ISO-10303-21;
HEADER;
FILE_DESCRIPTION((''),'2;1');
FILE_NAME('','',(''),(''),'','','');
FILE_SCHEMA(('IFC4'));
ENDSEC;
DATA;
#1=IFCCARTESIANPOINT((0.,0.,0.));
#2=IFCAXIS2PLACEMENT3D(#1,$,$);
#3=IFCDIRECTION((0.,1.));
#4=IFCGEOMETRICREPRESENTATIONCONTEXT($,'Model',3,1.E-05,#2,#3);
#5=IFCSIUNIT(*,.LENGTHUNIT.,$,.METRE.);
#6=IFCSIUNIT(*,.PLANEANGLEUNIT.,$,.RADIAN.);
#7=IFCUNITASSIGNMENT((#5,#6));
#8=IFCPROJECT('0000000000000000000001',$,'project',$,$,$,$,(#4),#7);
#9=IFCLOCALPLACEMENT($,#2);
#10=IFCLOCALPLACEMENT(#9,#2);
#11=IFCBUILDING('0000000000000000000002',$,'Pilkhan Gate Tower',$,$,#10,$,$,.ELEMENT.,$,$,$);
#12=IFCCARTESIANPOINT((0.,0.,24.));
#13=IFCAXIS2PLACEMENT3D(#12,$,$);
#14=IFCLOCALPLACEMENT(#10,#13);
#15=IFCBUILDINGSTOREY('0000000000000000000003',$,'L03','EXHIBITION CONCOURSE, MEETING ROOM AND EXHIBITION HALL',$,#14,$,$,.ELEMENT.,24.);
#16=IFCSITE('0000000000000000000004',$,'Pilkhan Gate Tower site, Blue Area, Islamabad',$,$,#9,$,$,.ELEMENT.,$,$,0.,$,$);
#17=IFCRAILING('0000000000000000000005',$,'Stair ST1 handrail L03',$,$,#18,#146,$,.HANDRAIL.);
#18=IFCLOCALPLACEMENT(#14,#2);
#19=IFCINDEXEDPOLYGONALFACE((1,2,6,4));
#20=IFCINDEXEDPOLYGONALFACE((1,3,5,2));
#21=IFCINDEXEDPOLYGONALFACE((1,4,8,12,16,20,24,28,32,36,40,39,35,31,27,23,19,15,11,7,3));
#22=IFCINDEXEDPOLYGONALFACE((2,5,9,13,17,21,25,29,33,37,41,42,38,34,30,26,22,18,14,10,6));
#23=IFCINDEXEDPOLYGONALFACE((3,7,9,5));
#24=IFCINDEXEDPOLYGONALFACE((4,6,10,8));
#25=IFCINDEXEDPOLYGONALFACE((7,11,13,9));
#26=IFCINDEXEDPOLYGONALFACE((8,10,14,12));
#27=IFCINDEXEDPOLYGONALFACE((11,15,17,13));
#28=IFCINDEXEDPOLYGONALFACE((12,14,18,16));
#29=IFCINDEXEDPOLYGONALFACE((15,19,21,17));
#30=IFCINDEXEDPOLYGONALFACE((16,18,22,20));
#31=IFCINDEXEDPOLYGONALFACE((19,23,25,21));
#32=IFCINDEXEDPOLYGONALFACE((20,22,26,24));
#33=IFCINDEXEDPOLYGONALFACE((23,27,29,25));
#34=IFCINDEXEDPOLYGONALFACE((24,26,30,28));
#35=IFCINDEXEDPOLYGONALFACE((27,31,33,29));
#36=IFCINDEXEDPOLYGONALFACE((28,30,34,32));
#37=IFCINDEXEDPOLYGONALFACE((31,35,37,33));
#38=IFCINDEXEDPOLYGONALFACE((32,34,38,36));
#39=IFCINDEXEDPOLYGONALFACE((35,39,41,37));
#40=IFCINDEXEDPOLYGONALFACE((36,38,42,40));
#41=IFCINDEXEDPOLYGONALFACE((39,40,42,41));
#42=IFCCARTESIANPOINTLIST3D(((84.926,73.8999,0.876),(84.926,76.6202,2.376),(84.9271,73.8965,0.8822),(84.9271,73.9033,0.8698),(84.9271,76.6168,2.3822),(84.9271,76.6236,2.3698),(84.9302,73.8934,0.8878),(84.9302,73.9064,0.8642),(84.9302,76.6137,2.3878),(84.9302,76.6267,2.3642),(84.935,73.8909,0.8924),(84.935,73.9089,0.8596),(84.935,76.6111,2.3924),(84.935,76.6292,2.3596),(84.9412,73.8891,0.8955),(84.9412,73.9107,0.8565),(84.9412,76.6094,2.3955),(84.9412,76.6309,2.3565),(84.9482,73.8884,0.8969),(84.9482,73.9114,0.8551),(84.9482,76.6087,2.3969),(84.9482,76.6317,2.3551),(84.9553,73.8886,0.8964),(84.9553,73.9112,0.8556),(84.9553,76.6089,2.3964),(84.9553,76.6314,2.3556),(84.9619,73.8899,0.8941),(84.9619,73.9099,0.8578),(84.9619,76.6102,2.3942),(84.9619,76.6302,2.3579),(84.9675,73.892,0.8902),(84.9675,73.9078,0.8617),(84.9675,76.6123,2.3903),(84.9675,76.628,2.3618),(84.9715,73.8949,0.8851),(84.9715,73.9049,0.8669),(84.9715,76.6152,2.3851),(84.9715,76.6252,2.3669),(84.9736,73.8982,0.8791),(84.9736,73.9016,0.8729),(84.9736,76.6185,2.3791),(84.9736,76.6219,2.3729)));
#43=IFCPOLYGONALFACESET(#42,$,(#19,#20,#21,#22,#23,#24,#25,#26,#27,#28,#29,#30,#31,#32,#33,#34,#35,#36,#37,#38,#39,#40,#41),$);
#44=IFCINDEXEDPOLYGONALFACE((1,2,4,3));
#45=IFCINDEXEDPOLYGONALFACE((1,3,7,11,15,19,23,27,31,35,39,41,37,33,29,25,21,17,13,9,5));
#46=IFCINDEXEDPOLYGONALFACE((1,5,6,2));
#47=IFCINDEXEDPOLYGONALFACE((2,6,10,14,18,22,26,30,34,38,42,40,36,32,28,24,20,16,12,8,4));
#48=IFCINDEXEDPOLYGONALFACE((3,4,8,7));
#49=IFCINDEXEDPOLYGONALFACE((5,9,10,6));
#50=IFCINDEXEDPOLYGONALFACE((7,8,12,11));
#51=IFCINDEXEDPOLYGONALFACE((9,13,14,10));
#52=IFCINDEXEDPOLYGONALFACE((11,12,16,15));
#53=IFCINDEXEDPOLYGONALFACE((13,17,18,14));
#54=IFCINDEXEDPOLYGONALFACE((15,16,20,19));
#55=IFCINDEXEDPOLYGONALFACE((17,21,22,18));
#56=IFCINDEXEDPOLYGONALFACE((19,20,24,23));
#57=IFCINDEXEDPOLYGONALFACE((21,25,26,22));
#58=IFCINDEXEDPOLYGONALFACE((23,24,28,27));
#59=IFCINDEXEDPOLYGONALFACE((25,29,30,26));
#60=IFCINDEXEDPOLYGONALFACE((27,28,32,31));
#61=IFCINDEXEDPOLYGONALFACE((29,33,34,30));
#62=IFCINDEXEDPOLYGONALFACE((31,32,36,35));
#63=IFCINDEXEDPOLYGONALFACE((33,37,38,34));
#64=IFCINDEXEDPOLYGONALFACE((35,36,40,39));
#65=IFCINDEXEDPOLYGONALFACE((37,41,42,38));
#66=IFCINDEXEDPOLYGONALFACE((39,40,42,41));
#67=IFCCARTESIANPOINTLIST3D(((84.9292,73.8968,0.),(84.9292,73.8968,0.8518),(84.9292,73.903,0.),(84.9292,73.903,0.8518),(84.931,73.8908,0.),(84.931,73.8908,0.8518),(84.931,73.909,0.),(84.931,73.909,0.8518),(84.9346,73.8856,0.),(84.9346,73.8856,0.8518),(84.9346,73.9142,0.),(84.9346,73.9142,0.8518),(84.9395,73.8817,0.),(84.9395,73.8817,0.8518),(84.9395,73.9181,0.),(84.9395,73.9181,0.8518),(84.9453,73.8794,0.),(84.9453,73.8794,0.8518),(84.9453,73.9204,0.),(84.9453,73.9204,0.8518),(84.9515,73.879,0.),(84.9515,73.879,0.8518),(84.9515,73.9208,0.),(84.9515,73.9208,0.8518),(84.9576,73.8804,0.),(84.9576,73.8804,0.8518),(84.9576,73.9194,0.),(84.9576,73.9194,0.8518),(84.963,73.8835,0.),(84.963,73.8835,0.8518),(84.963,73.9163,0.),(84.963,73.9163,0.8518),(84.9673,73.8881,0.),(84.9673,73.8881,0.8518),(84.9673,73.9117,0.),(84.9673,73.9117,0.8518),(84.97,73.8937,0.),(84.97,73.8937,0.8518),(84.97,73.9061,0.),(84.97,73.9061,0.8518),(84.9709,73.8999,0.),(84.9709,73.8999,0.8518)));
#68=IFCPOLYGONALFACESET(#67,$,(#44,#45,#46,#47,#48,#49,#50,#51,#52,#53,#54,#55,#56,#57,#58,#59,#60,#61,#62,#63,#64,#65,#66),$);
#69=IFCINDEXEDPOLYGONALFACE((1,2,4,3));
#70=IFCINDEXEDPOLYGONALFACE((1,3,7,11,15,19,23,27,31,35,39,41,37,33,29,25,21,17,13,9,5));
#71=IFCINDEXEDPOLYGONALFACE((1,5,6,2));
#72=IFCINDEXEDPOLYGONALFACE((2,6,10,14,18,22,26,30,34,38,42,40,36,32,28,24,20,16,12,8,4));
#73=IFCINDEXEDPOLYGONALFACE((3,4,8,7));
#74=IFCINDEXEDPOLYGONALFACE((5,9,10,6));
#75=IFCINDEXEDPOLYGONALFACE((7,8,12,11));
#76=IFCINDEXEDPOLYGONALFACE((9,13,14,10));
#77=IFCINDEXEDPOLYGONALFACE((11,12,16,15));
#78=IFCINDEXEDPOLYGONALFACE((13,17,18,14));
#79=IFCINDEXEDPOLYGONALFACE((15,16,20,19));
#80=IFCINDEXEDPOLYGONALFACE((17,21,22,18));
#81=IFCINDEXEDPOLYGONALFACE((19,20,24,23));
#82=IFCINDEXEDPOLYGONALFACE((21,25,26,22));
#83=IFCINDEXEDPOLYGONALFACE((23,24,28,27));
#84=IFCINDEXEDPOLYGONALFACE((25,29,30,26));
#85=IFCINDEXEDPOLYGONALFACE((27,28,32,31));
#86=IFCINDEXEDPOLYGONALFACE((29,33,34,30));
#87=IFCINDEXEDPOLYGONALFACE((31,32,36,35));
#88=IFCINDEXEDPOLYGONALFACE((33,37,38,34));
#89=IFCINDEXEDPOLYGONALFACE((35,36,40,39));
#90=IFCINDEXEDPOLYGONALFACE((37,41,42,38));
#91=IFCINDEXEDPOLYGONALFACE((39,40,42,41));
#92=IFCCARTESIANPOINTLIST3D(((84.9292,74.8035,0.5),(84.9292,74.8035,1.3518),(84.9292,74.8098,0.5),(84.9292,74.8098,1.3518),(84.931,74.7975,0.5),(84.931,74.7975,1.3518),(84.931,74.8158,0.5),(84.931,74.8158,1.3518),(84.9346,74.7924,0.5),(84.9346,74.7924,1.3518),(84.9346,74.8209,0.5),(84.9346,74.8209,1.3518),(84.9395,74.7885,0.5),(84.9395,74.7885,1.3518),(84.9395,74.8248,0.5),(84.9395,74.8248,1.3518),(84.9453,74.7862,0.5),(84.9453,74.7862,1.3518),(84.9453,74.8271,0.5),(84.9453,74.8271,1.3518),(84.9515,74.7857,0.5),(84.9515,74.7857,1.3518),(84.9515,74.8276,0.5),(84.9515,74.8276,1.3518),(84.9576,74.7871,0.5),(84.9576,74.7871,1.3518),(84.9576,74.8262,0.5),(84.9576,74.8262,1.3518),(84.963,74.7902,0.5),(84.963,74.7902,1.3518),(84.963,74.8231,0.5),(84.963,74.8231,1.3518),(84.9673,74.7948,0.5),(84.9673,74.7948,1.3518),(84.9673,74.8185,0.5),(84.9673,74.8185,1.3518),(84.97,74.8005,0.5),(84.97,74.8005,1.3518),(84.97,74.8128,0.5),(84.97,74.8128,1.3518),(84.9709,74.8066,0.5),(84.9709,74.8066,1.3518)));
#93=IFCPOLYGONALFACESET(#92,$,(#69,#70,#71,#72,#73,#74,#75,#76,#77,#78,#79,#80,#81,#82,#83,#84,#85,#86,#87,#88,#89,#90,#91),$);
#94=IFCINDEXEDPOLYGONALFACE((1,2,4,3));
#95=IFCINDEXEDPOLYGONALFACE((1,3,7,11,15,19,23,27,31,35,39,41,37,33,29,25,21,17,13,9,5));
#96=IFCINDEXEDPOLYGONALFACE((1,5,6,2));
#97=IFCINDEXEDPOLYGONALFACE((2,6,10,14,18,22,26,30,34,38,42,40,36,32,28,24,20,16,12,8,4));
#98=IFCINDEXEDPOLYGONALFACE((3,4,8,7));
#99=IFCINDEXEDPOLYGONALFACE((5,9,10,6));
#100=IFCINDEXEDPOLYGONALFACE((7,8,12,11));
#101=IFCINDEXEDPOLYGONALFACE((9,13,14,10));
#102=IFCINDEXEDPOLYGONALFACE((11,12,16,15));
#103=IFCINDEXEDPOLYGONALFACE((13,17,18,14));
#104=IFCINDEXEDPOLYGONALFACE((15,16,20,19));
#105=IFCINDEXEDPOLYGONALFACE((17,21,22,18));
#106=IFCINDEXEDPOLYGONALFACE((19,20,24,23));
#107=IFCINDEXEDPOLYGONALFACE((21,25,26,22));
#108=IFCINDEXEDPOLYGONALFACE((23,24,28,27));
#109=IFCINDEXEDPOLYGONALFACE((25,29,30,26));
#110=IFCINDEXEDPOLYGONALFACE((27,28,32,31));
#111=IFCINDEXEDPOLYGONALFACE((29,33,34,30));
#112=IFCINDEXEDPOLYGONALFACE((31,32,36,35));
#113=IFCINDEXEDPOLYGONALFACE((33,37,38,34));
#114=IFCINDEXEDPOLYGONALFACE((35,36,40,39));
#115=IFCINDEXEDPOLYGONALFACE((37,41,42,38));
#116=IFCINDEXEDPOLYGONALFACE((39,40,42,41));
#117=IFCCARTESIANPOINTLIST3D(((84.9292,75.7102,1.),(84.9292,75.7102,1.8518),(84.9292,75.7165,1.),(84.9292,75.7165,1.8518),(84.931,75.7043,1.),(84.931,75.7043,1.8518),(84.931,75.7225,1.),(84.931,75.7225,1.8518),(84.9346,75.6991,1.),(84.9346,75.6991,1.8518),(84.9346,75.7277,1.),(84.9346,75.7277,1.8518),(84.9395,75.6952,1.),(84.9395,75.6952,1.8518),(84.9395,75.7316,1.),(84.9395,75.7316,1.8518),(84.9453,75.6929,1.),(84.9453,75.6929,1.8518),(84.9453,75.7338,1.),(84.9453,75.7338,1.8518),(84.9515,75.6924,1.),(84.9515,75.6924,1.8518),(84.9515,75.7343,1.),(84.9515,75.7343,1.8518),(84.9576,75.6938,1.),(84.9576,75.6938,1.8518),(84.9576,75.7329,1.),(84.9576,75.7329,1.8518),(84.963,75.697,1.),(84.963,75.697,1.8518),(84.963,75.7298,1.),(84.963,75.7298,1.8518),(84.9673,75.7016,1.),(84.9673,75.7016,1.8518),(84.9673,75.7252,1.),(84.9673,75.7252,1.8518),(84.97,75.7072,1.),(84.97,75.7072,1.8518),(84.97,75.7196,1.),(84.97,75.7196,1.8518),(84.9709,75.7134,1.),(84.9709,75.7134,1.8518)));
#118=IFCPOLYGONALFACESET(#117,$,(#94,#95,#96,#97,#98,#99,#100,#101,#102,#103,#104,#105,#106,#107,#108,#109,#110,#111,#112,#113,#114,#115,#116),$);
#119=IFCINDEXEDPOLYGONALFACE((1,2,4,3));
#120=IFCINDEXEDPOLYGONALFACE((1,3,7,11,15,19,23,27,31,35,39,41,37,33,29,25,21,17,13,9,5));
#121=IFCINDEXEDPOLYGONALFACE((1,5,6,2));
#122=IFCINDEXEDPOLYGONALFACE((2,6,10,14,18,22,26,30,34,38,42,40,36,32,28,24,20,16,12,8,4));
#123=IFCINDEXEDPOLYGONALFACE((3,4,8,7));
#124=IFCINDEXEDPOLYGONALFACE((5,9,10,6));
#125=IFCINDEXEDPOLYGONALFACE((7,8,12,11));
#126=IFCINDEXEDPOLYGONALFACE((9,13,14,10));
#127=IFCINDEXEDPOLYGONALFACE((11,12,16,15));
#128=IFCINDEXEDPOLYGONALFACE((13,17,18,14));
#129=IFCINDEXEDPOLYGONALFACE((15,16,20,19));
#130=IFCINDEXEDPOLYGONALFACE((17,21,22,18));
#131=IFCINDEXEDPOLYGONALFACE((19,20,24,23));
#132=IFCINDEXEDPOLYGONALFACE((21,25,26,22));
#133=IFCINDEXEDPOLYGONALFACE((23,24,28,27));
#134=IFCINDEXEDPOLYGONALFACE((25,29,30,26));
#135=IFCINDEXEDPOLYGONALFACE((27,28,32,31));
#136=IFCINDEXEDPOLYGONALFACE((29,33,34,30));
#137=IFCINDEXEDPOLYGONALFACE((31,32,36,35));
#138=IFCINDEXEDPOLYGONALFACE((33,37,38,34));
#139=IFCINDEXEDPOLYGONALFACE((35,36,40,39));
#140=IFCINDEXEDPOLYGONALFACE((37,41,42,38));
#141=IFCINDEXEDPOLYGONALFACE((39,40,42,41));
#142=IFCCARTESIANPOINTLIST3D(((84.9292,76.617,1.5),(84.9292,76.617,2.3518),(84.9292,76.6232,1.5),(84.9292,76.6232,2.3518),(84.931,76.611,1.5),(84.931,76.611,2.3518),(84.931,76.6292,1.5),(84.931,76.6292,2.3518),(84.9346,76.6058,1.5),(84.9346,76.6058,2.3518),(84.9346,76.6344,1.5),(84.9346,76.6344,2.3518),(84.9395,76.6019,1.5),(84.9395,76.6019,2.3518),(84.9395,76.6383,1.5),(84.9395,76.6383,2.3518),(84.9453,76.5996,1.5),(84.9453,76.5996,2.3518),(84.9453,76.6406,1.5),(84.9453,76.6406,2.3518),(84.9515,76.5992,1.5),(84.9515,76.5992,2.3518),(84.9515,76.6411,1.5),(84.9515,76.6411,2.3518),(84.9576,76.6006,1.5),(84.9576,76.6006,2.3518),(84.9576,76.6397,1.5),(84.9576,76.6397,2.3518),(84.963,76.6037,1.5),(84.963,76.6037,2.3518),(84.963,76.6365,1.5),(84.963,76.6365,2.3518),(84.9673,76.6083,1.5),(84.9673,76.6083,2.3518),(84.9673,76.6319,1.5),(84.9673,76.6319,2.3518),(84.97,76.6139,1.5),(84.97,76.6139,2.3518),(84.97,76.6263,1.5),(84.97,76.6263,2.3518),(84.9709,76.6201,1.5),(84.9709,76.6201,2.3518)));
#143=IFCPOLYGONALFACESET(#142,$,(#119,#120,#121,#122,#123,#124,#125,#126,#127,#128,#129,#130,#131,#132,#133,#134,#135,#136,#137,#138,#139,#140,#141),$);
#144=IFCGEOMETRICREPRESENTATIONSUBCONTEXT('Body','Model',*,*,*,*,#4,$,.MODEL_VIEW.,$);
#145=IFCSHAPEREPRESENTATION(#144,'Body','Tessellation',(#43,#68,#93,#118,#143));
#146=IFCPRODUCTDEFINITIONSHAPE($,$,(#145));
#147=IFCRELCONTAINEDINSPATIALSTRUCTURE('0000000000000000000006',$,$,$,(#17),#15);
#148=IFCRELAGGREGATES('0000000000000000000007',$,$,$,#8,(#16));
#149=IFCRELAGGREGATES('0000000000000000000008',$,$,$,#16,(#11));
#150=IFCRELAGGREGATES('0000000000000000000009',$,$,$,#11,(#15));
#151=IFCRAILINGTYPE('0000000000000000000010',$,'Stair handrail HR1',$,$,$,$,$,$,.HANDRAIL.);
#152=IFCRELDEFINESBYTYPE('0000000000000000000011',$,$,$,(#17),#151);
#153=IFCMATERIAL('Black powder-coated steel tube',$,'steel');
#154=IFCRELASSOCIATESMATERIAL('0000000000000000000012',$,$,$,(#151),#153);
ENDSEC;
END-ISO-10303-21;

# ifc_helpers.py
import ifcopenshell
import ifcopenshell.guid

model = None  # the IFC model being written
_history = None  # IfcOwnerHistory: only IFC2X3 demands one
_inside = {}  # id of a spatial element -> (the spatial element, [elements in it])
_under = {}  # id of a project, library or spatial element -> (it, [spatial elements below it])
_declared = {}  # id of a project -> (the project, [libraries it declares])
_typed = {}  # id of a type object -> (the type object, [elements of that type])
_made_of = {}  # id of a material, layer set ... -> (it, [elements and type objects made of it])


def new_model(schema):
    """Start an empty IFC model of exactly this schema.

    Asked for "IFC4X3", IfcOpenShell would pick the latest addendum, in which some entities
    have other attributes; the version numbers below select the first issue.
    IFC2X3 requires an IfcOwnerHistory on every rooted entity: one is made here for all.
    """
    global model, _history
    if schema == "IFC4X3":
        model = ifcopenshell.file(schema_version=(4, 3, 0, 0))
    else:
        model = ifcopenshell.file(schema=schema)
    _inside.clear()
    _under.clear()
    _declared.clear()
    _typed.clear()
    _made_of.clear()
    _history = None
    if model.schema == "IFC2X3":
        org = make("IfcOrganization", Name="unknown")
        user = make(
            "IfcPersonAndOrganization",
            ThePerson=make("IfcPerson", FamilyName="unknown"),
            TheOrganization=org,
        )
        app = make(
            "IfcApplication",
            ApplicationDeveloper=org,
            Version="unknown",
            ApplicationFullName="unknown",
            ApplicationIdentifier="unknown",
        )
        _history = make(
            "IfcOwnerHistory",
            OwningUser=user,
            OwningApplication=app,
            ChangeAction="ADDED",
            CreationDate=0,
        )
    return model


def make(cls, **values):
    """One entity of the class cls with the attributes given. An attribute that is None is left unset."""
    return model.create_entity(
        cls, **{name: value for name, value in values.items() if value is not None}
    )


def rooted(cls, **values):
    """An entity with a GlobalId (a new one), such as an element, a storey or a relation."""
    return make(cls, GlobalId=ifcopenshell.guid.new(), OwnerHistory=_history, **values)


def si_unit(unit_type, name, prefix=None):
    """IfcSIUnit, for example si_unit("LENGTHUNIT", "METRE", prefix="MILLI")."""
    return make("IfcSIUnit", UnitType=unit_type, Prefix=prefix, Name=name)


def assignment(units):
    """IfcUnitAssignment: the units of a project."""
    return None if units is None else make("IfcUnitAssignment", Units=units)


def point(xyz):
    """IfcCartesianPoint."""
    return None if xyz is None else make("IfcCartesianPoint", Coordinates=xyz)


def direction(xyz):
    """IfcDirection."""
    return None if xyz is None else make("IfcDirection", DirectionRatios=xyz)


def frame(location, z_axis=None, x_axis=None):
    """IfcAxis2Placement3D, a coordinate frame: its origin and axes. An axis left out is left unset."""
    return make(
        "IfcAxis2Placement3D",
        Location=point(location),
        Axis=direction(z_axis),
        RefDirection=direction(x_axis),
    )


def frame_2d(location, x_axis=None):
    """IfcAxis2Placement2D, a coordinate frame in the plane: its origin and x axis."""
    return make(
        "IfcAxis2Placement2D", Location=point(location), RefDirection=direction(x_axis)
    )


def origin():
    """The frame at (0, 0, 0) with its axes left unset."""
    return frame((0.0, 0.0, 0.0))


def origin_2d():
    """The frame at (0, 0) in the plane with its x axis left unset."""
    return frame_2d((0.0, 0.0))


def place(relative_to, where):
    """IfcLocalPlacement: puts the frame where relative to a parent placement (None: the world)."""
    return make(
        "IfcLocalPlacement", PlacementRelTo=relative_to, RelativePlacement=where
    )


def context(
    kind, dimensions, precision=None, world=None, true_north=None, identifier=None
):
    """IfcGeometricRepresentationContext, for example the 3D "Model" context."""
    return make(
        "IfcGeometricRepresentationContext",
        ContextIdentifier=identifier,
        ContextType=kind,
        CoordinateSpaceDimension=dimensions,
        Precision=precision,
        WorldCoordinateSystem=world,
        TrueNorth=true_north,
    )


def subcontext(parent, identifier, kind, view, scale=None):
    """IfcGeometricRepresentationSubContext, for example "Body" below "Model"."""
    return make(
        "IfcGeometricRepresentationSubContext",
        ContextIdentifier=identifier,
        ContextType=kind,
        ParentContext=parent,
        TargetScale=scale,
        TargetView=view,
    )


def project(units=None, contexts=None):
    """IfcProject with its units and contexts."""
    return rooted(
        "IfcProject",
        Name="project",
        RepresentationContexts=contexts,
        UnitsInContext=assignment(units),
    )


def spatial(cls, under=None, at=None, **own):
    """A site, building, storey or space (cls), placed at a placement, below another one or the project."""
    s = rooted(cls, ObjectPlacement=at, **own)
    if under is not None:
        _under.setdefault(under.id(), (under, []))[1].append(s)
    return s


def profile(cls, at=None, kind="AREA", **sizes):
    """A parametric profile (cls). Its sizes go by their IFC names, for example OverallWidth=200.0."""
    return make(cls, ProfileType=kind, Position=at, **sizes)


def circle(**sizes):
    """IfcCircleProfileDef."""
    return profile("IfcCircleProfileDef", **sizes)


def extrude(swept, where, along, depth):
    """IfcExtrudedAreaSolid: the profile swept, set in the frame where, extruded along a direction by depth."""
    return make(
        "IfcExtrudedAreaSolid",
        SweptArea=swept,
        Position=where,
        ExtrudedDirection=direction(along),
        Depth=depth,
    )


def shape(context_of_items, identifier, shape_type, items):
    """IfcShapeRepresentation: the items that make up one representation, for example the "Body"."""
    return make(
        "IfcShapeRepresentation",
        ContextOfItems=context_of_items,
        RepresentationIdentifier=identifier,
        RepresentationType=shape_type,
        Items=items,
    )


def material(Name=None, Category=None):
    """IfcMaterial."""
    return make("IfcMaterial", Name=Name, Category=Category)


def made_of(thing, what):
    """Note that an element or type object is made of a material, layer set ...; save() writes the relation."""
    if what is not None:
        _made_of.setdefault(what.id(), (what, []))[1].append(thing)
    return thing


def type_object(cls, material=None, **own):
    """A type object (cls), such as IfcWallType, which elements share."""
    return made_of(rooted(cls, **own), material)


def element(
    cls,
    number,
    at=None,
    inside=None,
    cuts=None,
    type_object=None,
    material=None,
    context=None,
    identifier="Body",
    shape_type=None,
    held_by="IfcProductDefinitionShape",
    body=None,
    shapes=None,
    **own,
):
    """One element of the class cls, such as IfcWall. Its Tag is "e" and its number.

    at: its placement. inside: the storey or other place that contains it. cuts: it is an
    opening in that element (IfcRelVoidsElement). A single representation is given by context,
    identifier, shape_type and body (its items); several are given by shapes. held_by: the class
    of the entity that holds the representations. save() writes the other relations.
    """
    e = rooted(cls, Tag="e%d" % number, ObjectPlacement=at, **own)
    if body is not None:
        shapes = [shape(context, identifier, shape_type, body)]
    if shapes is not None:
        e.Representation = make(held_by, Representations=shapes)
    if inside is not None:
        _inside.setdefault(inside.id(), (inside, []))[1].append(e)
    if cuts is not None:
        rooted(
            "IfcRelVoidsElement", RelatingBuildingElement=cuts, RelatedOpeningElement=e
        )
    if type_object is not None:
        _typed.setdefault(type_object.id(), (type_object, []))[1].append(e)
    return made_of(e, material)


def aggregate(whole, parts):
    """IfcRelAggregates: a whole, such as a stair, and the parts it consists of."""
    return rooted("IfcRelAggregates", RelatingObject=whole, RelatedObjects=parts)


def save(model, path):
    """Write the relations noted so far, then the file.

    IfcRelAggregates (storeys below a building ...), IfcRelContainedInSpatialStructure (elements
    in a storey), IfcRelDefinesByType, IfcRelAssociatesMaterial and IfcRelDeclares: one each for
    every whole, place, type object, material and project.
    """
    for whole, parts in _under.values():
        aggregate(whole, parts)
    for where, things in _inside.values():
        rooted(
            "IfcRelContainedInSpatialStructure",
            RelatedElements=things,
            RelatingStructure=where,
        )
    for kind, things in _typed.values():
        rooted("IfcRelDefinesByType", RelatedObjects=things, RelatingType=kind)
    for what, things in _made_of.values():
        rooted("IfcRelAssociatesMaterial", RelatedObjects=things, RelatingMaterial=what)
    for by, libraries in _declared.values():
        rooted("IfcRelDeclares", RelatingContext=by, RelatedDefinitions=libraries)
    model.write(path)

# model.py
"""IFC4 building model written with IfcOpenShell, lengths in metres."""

from ifc_helpers import new_model, si_unit, direction, frame, origin, origin_2d, place, context, subcontext, project, spatial, circle, extrude, material, type_object, element, save


model = new_model("IFC4")

# Units and contexts
model_context = context("Model", 3, precision=1e-05, world=origin(), true_north=direction((0.0, 1.0)))
body_context = subcontext(model_context, "Body", "Model", "MODEL_VIEW")
ifc_project = project(units=[si_unit("LENGTHUNIT", "METRE"), si_unit("PLANEANGLEUNIT", "RADIAN")], contexts=[model_context])

# Site, building, storey
site_placement = place(None, origin())
site = spatial("IfcSite", under=ifc_project, at=site_placement, Name="Pilkhan Gate Tower site, Blue Area, Islamabad", CompositionType="ELEMENT", RefElevation=0.0)
building_placement = place(site_placement, origin())
building = spatial("IfcBuilding", under=site, at=building_placement, Name="Pilkhan Gate Tower", CompositionType="ELEMENT")
storey_placement = place(building_placement, frame((0.0, 0.0, 24.0)))
storey = spatial("IfcBuildingStorey", under=building, at=storey_placement, Name="L03", Description="EXHIBITION CONCOURSE, MEETING ROOM AND EXHIBITION HALL", CompositionType="ELEMENT", Elevation=24.0)

# Railing
ifc_material_1 = material(Name="Black powder-coated steel tube", Category="steel")
railing_type_1 = type_object("IfcRailingType", Name="Stair handrail HR1", PredefinedType="HANDRAIL", material=ifc_material_1)
for number, where, name in (
    (1, (84.95, 73.8999, 0.0), "Stair ST1 handrail L03"),
):
    element("IfcRailing", number, at=place(storey_placement, frame(where)), inside=storey, type_object=railing_type_1, Name=name, PredefinedType="HANDRAIL", context=body_context, shape_type="SweptSolid", body=[
        extrude(circle(Radius=0.0239, at=origin_2d()), frame((0.0, 0.0, 0.876), z_axis=(0.0, 0.875688, 0.482878), x_axis=(-1.0, 0.0, 0.0)), (0.0, 0.0, 1.0), 3.1064),
        extrude(circle(Radius=0.021, at=origin_2d()), origin(), (0.0, 0.0, 1.0), 0.8518),
        extrude(circle(Radius=0.021, at=origin_2d()), frame((0.0, 0.9067, 0.5)), (0.0, 0.0, 1.0), 0.8518),
        extrude(circle(Radius=0.021, at=origin_2d()), frame((0.0, 1.8135, 1.0)), (0.0, 0.0, 1.0), 0.8518),
        extrude(circle(Radius=0.021, at=origin_2d()), frame((0.0, 2.7202, 1.5)), (0.0, 0.0, 1.0), 0.8518),
    ])

save(model, "model.ifc")
